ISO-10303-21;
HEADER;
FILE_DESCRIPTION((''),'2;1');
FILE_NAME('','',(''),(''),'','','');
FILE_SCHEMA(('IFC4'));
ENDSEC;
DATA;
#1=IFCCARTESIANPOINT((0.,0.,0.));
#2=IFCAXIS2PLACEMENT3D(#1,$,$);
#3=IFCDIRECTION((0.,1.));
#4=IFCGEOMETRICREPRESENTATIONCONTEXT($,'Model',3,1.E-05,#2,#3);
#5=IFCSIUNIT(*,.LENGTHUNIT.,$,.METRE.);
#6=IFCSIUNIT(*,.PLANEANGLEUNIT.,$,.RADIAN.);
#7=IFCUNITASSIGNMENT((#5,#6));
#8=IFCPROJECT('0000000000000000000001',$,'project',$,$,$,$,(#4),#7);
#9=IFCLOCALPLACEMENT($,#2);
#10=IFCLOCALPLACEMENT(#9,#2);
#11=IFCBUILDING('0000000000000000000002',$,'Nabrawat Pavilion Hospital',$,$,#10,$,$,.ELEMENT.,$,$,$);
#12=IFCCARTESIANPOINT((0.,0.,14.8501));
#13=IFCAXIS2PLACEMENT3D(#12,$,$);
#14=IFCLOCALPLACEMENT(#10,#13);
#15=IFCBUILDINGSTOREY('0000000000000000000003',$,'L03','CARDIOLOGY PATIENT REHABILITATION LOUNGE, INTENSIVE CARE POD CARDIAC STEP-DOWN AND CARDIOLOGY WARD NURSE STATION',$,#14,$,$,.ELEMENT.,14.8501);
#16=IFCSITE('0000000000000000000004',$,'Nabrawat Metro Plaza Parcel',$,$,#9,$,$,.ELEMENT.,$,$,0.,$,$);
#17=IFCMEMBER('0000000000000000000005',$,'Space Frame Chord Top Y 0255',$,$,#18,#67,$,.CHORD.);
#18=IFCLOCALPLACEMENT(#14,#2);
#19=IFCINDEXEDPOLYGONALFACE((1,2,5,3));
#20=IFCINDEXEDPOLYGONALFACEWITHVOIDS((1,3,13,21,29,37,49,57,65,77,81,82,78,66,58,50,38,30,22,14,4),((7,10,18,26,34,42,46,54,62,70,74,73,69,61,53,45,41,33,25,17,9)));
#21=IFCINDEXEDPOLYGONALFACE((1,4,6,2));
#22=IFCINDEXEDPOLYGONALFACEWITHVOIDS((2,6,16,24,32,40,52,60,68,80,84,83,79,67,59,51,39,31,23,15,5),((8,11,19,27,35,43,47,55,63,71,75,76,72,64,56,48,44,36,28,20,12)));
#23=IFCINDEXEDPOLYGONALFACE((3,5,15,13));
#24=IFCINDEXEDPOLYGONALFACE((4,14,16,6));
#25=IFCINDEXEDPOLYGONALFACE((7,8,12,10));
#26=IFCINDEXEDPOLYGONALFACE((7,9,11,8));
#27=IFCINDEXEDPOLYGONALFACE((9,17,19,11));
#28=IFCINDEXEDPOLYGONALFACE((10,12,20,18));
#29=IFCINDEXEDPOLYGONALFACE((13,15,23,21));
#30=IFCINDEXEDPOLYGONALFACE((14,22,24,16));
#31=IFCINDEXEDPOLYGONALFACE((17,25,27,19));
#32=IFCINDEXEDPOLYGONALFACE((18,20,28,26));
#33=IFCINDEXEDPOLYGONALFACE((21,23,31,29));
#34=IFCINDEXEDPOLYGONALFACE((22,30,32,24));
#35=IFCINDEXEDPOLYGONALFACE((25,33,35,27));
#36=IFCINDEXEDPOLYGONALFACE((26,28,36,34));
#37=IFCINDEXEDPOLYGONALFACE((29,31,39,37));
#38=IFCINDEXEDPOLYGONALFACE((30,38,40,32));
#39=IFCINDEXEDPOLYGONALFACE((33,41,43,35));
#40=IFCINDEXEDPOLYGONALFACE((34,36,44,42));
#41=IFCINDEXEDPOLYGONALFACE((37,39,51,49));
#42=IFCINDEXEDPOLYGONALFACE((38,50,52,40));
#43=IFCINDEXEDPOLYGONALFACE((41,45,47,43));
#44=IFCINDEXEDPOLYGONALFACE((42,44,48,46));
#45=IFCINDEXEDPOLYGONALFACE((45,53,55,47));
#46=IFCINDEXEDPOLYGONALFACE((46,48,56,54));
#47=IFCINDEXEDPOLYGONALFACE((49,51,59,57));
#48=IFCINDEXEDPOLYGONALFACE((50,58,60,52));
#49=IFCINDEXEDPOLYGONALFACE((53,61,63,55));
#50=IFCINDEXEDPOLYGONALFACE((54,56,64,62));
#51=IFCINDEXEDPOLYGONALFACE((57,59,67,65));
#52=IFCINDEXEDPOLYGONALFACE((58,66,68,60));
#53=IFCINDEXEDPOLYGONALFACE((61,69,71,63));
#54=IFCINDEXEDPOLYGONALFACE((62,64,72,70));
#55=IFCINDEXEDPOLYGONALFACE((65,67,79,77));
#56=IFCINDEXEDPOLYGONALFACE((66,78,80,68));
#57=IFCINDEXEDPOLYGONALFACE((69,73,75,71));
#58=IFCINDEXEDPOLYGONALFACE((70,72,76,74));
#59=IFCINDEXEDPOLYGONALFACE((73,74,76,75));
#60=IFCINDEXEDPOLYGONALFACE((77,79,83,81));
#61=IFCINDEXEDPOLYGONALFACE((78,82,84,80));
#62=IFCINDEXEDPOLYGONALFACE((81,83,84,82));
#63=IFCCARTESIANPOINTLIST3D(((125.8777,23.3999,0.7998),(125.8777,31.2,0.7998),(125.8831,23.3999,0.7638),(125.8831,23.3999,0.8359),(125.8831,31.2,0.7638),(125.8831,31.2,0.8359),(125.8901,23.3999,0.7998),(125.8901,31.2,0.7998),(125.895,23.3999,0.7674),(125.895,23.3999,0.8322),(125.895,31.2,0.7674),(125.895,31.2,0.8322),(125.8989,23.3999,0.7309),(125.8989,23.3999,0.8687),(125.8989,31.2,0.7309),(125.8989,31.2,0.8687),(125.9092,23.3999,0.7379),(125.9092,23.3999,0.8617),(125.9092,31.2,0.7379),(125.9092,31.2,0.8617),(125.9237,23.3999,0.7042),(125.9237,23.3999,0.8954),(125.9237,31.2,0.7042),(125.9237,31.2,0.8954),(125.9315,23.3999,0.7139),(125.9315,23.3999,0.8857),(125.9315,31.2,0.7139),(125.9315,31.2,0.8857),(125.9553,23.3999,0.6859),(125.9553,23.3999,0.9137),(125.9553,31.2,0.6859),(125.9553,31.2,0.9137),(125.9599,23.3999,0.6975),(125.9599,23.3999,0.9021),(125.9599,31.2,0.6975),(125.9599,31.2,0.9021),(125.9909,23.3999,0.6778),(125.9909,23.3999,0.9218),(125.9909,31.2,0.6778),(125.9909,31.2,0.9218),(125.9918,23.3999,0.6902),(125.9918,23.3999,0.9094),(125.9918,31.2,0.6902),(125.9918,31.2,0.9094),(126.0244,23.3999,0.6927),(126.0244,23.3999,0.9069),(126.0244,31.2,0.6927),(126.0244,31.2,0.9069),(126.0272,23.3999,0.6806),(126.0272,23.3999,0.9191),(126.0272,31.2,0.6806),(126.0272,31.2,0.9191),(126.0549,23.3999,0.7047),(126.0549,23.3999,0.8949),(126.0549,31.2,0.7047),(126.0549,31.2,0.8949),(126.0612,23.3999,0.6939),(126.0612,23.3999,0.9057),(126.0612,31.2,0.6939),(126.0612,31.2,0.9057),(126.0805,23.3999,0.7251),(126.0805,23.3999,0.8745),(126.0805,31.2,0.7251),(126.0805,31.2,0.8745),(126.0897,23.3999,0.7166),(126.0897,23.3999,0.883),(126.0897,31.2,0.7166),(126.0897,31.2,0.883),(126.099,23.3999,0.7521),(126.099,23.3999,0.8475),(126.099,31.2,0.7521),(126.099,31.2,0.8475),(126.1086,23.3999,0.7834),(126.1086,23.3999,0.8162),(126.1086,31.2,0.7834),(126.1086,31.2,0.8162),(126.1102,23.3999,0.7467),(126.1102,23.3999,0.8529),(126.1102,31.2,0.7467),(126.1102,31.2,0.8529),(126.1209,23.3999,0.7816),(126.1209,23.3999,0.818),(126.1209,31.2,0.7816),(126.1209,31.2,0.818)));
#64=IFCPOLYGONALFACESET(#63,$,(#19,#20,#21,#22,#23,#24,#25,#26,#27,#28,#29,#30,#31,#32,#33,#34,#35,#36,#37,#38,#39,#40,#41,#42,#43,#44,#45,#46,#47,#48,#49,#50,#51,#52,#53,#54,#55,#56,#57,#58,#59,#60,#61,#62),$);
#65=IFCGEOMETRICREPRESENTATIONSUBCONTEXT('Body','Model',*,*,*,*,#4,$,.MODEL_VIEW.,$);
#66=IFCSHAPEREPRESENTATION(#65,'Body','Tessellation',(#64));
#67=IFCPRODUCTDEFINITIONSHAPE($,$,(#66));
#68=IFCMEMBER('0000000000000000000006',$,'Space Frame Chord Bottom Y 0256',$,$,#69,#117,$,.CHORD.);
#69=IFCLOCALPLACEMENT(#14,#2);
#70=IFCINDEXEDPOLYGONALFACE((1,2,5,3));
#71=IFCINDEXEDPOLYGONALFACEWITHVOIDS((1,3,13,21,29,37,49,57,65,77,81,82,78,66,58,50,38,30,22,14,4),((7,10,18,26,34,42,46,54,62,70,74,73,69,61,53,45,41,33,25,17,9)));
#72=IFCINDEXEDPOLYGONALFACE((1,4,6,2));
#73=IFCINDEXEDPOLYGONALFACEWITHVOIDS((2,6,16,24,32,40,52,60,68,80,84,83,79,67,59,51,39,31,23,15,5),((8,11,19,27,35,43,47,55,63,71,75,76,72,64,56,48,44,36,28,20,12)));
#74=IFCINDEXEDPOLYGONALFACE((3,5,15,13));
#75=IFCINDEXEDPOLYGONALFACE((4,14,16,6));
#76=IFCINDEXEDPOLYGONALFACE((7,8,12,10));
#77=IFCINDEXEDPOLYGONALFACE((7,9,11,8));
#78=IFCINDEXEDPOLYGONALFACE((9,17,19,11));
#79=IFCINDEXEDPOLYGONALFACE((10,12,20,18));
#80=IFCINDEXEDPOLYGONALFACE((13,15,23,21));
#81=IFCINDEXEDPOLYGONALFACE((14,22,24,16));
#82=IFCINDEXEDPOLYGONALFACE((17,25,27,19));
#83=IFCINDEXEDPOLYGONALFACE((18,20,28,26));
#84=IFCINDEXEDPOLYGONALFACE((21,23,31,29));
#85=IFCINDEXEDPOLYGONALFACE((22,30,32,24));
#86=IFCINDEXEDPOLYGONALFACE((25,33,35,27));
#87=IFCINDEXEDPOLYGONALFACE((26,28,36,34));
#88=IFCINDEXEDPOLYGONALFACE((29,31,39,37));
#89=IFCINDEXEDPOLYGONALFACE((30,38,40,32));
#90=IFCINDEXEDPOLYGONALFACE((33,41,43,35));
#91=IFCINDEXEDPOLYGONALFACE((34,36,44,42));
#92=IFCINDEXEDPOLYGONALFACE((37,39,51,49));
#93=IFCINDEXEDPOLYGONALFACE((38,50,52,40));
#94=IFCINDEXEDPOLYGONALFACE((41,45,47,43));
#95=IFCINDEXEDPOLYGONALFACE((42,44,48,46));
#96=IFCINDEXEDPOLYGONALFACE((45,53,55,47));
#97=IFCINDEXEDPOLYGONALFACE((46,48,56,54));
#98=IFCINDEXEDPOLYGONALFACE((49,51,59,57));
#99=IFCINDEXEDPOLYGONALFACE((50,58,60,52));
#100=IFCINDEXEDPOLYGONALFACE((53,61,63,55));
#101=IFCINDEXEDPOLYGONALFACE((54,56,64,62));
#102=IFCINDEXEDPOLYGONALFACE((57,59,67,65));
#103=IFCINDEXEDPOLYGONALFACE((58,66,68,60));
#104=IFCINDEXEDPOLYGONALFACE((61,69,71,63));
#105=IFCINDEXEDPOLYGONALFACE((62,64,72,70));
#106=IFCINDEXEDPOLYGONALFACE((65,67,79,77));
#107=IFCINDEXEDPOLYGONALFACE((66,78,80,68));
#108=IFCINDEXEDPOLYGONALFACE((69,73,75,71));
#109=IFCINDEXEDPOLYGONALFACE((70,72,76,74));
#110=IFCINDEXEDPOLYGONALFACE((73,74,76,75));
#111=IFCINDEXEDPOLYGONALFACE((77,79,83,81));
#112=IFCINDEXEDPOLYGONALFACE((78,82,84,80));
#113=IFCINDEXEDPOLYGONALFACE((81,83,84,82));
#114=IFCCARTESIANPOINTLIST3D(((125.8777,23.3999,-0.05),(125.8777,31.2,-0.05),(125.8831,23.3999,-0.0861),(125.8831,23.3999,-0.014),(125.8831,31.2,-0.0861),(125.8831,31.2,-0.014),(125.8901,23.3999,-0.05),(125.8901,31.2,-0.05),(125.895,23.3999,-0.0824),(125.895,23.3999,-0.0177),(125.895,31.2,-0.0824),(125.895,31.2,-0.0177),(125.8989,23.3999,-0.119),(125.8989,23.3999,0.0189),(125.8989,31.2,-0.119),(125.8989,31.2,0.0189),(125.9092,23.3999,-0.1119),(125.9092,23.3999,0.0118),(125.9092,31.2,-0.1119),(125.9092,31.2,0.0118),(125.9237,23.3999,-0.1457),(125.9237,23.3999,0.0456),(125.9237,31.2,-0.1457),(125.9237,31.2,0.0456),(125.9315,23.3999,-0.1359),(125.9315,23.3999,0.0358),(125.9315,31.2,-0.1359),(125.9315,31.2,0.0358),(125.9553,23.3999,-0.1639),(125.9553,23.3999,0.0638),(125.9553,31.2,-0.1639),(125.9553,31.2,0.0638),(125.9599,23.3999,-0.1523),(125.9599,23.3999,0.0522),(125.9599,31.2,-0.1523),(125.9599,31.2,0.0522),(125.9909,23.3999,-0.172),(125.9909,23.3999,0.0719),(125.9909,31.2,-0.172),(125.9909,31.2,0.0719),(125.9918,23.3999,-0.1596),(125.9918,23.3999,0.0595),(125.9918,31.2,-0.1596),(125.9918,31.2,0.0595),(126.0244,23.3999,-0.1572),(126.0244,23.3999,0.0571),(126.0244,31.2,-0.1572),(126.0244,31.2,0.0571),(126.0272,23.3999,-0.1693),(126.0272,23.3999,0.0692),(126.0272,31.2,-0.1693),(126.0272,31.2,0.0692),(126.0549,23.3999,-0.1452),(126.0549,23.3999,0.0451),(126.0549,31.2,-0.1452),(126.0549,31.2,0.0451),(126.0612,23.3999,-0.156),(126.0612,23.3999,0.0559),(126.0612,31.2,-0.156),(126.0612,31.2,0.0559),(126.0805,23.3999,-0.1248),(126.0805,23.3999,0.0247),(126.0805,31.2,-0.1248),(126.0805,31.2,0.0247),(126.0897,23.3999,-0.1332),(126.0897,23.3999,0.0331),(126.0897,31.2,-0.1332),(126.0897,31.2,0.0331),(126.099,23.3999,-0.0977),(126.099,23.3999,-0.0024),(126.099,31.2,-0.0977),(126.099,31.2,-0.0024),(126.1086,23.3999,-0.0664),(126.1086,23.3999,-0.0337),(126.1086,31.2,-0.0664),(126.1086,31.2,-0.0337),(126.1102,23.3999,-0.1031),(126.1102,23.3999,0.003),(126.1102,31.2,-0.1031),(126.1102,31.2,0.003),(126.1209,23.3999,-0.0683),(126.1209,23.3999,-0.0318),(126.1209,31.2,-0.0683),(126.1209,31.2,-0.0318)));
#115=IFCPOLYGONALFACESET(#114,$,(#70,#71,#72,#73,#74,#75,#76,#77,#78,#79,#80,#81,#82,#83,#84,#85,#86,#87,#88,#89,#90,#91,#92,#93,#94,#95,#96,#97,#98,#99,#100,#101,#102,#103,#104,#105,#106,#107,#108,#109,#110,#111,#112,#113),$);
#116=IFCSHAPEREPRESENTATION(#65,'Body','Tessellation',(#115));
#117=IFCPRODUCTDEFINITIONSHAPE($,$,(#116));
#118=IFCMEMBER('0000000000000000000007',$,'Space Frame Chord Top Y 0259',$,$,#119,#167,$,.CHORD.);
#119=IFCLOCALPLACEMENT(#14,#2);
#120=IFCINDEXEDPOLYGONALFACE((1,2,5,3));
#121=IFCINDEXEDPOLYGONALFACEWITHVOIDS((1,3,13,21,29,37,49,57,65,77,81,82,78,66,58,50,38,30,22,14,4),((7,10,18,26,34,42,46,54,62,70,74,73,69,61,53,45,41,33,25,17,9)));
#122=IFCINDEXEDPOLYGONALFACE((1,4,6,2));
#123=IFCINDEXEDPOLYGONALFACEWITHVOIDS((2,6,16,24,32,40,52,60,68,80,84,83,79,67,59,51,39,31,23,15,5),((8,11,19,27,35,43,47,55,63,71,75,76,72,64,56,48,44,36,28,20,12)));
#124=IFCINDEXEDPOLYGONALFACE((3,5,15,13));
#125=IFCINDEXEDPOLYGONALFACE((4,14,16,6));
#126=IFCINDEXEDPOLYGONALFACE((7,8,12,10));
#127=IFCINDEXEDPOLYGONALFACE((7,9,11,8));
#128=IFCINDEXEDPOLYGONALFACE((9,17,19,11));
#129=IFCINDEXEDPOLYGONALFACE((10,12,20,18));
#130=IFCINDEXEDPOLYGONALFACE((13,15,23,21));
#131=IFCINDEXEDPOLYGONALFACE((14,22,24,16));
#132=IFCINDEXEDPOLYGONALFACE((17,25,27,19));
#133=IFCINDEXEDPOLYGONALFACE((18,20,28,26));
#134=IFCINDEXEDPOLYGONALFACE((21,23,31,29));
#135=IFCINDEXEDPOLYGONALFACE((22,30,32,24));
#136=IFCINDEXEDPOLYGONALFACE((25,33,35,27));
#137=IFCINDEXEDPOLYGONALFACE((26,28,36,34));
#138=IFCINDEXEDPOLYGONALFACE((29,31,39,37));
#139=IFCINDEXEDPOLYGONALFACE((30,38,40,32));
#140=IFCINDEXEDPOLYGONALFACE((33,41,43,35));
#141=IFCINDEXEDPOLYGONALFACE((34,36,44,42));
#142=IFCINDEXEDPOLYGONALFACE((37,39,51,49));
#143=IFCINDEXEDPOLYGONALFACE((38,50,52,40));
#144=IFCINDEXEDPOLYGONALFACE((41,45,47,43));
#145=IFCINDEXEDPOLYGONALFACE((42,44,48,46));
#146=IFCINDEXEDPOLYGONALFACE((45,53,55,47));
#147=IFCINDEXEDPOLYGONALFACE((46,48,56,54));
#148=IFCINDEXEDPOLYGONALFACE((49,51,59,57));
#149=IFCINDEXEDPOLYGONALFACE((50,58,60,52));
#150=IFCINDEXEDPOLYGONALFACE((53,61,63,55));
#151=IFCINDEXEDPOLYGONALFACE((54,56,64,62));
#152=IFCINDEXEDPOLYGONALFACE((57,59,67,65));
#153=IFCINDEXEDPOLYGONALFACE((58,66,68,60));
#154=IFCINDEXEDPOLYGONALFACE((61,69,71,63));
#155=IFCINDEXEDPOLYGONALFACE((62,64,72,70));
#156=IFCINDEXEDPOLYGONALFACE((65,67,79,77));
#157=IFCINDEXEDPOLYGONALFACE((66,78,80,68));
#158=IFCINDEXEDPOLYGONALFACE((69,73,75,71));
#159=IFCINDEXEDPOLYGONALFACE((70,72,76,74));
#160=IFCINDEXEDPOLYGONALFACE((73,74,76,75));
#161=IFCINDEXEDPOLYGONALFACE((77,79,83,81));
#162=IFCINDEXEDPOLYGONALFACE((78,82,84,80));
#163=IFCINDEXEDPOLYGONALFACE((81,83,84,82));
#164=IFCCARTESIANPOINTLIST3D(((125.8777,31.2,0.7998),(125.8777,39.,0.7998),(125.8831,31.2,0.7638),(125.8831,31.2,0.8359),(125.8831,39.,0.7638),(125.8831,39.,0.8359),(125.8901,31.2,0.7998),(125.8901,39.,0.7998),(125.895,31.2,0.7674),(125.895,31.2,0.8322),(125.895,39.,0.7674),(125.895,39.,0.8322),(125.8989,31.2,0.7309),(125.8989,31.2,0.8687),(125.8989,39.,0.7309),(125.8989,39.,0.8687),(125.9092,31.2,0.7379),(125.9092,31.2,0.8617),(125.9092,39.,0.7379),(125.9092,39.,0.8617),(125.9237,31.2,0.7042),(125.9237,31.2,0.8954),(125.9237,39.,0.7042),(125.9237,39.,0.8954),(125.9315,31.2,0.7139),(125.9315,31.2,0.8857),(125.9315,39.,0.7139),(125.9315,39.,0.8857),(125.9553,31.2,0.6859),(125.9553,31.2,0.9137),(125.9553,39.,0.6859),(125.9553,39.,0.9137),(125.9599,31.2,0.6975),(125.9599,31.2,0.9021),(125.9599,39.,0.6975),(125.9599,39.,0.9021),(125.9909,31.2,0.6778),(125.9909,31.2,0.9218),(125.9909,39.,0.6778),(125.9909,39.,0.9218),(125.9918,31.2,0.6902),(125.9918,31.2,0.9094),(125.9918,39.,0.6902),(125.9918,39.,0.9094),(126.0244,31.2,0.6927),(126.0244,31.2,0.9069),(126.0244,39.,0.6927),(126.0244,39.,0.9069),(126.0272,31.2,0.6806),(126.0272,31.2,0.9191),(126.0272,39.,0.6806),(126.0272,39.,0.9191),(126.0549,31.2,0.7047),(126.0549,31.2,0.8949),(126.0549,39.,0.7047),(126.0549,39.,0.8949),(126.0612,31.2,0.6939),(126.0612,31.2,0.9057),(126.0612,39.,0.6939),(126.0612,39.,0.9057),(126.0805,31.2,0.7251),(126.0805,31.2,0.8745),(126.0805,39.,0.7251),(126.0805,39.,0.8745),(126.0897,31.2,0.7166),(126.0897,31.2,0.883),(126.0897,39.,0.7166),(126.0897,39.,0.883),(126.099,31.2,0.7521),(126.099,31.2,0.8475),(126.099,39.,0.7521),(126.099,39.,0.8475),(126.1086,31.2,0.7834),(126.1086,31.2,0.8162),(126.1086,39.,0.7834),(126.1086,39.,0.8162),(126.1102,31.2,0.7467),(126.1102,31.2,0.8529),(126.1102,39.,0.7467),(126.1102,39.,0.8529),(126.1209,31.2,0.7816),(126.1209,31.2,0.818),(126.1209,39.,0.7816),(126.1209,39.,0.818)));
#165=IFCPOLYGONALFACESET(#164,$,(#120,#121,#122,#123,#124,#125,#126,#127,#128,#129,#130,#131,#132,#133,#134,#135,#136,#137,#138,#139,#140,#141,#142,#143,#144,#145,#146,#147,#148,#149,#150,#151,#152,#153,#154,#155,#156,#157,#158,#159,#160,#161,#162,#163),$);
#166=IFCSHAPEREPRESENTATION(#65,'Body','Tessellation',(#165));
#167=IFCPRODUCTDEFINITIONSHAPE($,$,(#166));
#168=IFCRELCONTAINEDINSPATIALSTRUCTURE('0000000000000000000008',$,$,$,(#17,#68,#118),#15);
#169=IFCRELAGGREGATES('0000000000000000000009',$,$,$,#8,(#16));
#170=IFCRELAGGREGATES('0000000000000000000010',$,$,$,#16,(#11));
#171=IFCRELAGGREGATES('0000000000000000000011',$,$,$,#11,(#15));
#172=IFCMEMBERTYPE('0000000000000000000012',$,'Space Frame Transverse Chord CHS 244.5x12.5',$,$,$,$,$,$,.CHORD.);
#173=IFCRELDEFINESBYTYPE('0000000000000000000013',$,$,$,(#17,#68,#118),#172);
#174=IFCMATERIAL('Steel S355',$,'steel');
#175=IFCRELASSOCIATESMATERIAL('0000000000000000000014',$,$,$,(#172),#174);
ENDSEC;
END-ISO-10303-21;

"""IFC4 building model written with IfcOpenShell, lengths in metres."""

from ifc_helpers import new_model, si_unit, direction, frame, origin, origin_2d, place, context, subcontext, project, spatial, hollow_circle, extrude, material, material_profile, profile_set, type_object, element, save


model = new_model("IFC4")

# Units and contexts
model_context = context("Model", 3, precision=1e-05, world=origin(), true_north=direction((0.0, 1.0)))
body_context = subcontext(model_context, "Body", "Model", "MODEL_VIEW")
ifc_project = project(units=[si_unit("LENGTHUNIT", "METRE"), si_unit("PLANEANGLEUNIT", "RADIAN")], contexts=[model_context])

# Site, building, storey
site_placement = place(None, origin())
site = spatial("IfcSite", under=ifc_project, at=site_placement, Name="Nabrawat Metro Plaza Parcel", CompositionType="ELEMENT", RefElevation=0.0)
building_placement = place(site_placement, origin())
building = spatial("IfcBuilding", under=site, at=building_placement, Name="Nabrawat Pavilion Hospital", CompositionType="ELEMENT")
storey_placement = place(building_placement, frame((0.0, 0.0, 14.8501)))
storey = spatial("IfcBuildingStorey", under=building, at=storey_placement, Name="L03", Description="CARDIOLOGY PATIENT REHABILITATION LOUNGE, INTENSIVE CARE POD CARDIAC STEP-DOWN AND CARDIOLOGY WARD NURSE STATION", CompositionType="ELEMENT", Elevation=14.8501)

# Shared definitions
ifc_material = material(Name="Steel S355", Category="steel")

# Members
ifc_material_profile_1 = material_profile(ifc_material, hollow_circle(Radius=0.1223, WallThickness=0.0125, at=origin_2d()), Name="CHS 244.5x12.5")
ifc_profile_set_1 = profile_set([ifc_material_profile_1], Name="Steel S355")
member_type_1 = type_object("IfcMemberType", Name="Space Frame Transverse Chord CHS 244.5x12.5", PredefinedType="CHORD", material=ifc_profile_set_1)
for number, where, z_axis, x_axis, name in (
    (1, (126.0, 23.3999, 0.7998), (0.0, 1.0, 0.0), (-1.0, 0.0, 0.0), "Space Frame Chord Top Y 0255"),
    (2, (126.0, 23.3999, -0.05), (0.0, 1.0, 0.0), (-1.0, 0.0, 0.0), "Space Frame Chord Bottom Y 0256"),
    (3, (126.0, 31.2, 0.7998), (0.0, 1.0, 0.0), (-1.0, 0.0, 0.0), "Space Frame Chord Top Y 0259"),
):
    element("IfcMember", number, at=place(storey_placement, frame(where, z_axis=z_axis, x_axis=x_axis)), inside=storey, type_object=member_type_1, Name=name, PredefinedType="CHORD", context=body_context, shape_type="SweptSolid", body=[
        extrude(hollow_circle(Radius=0.1223, WallThickness=0.0125, at=origin_2d()), origin(), (0.0, 0.0, 1.0), 7.8),
    ])

save(model, "model.ifc")
